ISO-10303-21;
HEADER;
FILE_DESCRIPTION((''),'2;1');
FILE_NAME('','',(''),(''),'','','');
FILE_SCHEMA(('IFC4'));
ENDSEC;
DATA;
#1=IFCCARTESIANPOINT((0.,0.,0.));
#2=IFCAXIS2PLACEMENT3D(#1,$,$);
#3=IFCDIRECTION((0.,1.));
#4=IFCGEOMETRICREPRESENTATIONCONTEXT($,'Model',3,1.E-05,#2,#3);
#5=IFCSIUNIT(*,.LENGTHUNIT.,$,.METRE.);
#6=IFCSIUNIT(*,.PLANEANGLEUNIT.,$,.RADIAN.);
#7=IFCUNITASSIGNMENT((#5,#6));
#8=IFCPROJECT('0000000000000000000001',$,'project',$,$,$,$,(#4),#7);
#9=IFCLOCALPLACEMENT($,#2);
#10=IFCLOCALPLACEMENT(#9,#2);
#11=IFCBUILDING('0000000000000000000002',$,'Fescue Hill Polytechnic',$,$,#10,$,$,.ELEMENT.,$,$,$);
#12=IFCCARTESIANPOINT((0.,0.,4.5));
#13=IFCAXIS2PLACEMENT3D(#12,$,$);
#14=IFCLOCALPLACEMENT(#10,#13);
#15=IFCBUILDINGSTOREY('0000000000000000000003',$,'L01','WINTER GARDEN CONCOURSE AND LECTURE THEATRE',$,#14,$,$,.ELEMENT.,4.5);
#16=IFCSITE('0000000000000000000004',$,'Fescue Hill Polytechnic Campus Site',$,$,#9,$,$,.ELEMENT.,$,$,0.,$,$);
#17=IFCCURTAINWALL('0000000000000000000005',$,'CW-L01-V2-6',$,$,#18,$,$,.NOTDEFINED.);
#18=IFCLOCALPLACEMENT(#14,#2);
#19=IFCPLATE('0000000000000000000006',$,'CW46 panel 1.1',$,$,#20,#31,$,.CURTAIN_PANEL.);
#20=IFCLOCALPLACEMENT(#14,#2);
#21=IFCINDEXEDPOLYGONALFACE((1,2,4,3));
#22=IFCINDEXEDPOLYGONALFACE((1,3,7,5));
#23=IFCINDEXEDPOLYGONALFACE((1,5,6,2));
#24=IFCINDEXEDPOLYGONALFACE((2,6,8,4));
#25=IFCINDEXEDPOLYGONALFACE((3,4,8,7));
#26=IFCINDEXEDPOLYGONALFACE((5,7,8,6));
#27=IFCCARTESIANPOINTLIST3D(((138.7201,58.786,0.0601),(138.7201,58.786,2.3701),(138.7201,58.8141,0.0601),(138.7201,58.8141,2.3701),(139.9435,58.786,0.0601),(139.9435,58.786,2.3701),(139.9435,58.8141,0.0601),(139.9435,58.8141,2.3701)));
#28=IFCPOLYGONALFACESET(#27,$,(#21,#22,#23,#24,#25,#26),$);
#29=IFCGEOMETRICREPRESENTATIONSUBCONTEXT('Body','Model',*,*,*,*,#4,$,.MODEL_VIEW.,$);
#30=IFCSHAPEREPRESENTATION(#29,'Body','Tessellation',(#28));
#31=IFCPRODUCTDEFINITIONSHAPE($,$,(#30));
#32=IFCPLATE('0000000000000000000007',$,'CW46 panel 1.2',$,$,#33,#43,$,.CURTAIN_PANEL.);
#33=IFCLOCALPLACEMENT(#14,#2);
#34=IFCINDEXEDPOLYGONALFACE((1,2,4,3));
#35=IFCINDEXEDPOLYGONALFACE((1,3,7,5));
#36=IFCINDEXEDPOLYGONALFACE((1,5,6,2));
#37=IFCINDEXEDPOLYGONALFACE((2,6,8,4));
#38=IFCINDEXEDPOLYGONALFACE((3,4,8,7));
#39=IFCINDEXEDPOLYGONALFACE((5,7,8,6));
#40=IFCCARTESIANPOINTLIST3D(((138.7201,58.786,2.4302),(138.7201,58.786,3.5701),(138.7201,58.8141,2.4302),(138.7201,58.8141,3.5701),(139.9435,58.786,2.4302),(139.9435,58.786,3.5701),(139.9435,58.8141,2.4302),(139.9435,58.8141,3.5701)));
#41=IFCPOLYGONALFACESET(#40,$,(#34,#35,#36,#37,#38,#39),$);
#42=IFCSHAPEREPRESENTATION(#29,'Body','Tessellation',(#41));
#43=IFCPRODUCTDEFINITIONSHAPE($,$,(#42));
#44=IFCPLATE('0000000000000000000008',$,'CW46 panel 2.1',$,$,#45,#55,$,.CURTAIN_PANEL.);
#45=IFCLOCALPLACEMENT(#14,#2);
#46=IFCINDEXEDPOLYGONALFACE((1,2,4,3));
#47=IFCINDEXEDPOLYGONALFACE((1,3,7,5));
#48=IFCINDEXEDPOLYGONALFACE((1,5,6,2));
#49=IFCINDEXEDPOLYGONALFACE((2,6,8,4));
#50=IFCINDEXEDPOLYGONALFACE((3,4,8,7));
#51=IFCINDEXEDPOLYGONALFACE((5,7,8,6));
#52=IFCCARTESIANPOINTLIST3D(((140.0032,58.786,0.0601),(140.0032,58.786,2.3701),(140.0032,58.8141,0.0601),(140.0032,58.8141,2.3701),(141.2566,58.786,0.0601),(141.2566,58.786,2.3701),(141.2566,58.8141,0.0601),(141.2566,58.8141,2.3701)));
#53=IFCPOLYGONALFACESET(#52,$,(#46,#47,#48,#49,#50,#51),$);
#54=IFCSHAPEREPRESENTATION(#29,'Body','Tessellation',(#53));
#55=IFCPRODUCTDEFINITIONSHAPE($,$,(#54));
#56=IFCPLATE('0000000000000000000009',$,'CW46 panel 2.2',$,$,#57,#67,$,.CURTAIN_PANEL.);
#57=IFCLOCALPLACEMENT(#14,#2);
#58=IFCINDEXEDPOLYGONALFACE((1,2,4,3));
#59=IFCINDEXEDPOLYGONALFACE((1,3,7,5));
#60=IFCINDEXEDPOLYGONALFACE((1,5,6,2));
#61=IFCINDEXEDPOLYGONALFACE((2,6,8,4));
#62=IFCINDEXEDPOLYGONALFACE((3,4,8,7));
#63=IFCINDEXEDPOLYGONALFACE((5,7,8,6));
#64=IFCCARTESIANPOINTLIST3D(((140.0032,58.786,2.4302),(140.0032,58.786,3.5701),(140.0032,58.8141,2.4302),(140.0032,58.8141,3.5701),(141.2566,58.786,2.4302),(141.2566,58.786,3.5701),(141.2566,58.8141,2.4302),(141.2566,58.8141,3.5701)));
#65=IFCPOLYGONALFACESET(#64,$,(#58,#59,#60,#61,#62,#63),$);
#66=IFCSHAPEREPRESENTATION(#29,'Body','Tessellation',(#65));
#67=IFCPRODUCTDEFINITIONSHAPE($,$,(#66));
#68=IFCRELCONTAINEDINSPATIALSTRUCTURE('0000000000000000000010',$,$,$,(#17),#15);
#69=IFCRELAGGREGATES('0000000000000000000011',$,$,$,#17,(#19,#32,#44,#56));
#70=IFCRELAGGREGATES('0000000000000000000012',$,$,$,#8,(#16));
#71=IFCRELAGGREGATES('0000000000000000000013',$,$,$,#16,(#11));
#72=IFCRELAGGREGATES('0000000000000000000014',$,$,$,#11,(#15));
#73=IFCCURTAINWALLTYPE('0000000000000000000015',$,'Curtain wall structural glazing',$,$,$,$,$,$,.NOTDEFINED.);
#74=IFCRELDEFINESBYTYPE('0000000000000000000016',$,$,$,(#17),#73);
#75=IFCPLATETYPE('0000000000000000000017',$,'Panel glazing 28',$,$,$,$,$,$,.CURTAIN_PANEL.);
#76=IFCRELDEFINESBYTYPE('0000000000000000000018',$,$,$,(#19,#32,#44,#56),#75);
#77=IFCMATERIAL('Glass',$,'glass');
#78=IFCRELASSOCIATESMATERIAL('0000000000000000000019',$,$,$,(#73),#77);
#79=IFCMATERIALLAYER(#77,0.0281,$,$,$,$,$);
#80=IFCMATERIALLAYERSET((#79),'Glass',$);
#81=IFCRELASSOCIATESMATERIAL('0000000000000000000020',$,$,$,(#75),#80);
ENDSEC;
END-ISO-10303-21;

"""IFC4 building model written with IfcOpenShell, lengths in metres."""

from ifc_helpers import new_model, si_unit, direction, frame, origin, origin_2d, place, context, subcontext, project, spatial, rectangle, extrude, material, layer, layer_set, type_object, element, aggregate, save


model = new_model("IFC4")

# Units and contexts
model_context = context("Model", 3, precision=1e-05, world=origin(), true_north=direction((0.0, 1.0)))
body_context = subcontext(model_context, "Body", "Model", "MODEL_VIEW")
ifc_project = project(units=[si_unit("LENGTHUNIT", "METRE"), si_unit("PLANEANGLEUNIT", "RADIAN")], contexts=[model_context])

# Site, building, storey
site_placement = place(None, origin())
site = spatial("IfcSite", under=ifc_project, at=site_placement, Name="Fescue Hill Polytechnic Campus Site", CompositionType="ELEMENT", RefElevation=0.0)
building_placement = place(site_placement, origin())
building = spatial("IfcBuilding", under=site, at=building_placement, Name="Fescue Hill Polytechnic", CompositionType="ELEMENT")
storey_placement = place(building_placement, frame((0.0, 0.0, 4.5)))
storey = spatial("IfcBuildingStorey", under=building, at=storey_placement, Name="L01", Description="WINTER GARDEN CONCOURSE AND LECTURE THEATRE", CompositionType="ELEMENT", Elevation=4.5)

# Curtain wall
ifc_material_1 = material(Name="Glass", Category="glass")
curtain_wall_type = type_object("IfcCurtainWallType", Name="Curtain wall structural glazing", PredefinedType="NOTDEFINED", material=ifc_material_1)
curtain_wall_1_placement = place(storey_placement, origin())
curtain_wall_1 = element("IfcCurtainWall", 1, at=curtain_wall_1_placement, inside=storey, type_object=curtain_wall_type, Name="CW-L01-V2-6", PredefinedType="NOTDEFINED")

# Plates
ifc_layer_1 = layer(ifc_material_1, 0.0281)
ifc_layer_set_1 = layer_set([ifc_layer_1], Name="Glass")
plate_type = type_object("IfcPlateType", Name="Panel glazing 28", PredefinedType="CURTAIN_PANEL", material=ifc_layer_set_1)
plate_1_placement = place(storey_placement, frame((139.3318, 58.8, 0.0601), z_axis=(0.0, 0.0, 1.0), x_axis=(1.0, 0.0, 0.0)))
plate_1 = element("IfcPlate", 2, at=plate_1_placement, type_object=plate_type, Name="CW46 panel 1.1", PredefinedType="CURTAIN_PANEL", context=body_context, shape_type="SweptSolid", body=[
    extrude(rectangle(XDim=1.2234, YDim=0.0281, at=origin_2d()), origin(), (0.0, 0.0, 1.0), 2.3101),
])
plate_2_placement = place(storey_placement, frame((139.3318, 58.8, 2.4302), z_axis=(0.0, 0.0, 1.0), x_axis=(1.0, 0.0, 0.0)))
plate_2 = element("IfcPlate", 3, at=plate_2_placement, type_object=plate_type, Name="CW46 panel 1.2", PredefinedType="CURTAIN_PANEL", context=body_context, shape_type="SweptSolid", body=[
    extrude(rectangle(XDim=1.2234, YDim=0.0281, at=origin_2d()), origin(), (0.0, 0.0, 1.0), 1.1399),
])
plate_3_placement = place(storey_placement, frame((140.6299, 58.8, 0.0601), z_axis=(0.0, 0.0, 1.0), x_axis=(1.0, 0.0, 0.0)))
plate_3 = element("IfcPlate", 4, at=plate_3_placement, type_object=plate_type, Name="CW46 panel 2.1", PredefinedType="CURTAIN_PANEL", context=body_context, shape_type="SweptSolid", body=[
    extrude(rectangle(XDim=1.2534, YDim=0.0281, at=origin_2d()), origin(), (0.0, 0.0, 1.0), 2.3101),
])
plate_4_placement = place(storey_placement, frame((140.6299, 58.8, 2.4302), z_axis=(0.0, 0.0, 1.0), x_axis=(1.0, 0.0, 0.0)))
plate_4 = element("IfcPlate", 5, at=plate_4_placement, type_object=plate_type, Name="CW46 panel 2.2", PredefinedType="CURTAIN_PANEL", context=body_context, shape_type="SweptSolid", body=[
    extrude(rectangle(XDim=1.2534, YDim=0.0281, at=origin_2d()), origin(), (0.0, 0.0, 1.0), 1.1399),
])
aggregate(curtain_wall_1, [plate_1, plate_2, plate_3, plate_4])

save(model, "model.ifc")
